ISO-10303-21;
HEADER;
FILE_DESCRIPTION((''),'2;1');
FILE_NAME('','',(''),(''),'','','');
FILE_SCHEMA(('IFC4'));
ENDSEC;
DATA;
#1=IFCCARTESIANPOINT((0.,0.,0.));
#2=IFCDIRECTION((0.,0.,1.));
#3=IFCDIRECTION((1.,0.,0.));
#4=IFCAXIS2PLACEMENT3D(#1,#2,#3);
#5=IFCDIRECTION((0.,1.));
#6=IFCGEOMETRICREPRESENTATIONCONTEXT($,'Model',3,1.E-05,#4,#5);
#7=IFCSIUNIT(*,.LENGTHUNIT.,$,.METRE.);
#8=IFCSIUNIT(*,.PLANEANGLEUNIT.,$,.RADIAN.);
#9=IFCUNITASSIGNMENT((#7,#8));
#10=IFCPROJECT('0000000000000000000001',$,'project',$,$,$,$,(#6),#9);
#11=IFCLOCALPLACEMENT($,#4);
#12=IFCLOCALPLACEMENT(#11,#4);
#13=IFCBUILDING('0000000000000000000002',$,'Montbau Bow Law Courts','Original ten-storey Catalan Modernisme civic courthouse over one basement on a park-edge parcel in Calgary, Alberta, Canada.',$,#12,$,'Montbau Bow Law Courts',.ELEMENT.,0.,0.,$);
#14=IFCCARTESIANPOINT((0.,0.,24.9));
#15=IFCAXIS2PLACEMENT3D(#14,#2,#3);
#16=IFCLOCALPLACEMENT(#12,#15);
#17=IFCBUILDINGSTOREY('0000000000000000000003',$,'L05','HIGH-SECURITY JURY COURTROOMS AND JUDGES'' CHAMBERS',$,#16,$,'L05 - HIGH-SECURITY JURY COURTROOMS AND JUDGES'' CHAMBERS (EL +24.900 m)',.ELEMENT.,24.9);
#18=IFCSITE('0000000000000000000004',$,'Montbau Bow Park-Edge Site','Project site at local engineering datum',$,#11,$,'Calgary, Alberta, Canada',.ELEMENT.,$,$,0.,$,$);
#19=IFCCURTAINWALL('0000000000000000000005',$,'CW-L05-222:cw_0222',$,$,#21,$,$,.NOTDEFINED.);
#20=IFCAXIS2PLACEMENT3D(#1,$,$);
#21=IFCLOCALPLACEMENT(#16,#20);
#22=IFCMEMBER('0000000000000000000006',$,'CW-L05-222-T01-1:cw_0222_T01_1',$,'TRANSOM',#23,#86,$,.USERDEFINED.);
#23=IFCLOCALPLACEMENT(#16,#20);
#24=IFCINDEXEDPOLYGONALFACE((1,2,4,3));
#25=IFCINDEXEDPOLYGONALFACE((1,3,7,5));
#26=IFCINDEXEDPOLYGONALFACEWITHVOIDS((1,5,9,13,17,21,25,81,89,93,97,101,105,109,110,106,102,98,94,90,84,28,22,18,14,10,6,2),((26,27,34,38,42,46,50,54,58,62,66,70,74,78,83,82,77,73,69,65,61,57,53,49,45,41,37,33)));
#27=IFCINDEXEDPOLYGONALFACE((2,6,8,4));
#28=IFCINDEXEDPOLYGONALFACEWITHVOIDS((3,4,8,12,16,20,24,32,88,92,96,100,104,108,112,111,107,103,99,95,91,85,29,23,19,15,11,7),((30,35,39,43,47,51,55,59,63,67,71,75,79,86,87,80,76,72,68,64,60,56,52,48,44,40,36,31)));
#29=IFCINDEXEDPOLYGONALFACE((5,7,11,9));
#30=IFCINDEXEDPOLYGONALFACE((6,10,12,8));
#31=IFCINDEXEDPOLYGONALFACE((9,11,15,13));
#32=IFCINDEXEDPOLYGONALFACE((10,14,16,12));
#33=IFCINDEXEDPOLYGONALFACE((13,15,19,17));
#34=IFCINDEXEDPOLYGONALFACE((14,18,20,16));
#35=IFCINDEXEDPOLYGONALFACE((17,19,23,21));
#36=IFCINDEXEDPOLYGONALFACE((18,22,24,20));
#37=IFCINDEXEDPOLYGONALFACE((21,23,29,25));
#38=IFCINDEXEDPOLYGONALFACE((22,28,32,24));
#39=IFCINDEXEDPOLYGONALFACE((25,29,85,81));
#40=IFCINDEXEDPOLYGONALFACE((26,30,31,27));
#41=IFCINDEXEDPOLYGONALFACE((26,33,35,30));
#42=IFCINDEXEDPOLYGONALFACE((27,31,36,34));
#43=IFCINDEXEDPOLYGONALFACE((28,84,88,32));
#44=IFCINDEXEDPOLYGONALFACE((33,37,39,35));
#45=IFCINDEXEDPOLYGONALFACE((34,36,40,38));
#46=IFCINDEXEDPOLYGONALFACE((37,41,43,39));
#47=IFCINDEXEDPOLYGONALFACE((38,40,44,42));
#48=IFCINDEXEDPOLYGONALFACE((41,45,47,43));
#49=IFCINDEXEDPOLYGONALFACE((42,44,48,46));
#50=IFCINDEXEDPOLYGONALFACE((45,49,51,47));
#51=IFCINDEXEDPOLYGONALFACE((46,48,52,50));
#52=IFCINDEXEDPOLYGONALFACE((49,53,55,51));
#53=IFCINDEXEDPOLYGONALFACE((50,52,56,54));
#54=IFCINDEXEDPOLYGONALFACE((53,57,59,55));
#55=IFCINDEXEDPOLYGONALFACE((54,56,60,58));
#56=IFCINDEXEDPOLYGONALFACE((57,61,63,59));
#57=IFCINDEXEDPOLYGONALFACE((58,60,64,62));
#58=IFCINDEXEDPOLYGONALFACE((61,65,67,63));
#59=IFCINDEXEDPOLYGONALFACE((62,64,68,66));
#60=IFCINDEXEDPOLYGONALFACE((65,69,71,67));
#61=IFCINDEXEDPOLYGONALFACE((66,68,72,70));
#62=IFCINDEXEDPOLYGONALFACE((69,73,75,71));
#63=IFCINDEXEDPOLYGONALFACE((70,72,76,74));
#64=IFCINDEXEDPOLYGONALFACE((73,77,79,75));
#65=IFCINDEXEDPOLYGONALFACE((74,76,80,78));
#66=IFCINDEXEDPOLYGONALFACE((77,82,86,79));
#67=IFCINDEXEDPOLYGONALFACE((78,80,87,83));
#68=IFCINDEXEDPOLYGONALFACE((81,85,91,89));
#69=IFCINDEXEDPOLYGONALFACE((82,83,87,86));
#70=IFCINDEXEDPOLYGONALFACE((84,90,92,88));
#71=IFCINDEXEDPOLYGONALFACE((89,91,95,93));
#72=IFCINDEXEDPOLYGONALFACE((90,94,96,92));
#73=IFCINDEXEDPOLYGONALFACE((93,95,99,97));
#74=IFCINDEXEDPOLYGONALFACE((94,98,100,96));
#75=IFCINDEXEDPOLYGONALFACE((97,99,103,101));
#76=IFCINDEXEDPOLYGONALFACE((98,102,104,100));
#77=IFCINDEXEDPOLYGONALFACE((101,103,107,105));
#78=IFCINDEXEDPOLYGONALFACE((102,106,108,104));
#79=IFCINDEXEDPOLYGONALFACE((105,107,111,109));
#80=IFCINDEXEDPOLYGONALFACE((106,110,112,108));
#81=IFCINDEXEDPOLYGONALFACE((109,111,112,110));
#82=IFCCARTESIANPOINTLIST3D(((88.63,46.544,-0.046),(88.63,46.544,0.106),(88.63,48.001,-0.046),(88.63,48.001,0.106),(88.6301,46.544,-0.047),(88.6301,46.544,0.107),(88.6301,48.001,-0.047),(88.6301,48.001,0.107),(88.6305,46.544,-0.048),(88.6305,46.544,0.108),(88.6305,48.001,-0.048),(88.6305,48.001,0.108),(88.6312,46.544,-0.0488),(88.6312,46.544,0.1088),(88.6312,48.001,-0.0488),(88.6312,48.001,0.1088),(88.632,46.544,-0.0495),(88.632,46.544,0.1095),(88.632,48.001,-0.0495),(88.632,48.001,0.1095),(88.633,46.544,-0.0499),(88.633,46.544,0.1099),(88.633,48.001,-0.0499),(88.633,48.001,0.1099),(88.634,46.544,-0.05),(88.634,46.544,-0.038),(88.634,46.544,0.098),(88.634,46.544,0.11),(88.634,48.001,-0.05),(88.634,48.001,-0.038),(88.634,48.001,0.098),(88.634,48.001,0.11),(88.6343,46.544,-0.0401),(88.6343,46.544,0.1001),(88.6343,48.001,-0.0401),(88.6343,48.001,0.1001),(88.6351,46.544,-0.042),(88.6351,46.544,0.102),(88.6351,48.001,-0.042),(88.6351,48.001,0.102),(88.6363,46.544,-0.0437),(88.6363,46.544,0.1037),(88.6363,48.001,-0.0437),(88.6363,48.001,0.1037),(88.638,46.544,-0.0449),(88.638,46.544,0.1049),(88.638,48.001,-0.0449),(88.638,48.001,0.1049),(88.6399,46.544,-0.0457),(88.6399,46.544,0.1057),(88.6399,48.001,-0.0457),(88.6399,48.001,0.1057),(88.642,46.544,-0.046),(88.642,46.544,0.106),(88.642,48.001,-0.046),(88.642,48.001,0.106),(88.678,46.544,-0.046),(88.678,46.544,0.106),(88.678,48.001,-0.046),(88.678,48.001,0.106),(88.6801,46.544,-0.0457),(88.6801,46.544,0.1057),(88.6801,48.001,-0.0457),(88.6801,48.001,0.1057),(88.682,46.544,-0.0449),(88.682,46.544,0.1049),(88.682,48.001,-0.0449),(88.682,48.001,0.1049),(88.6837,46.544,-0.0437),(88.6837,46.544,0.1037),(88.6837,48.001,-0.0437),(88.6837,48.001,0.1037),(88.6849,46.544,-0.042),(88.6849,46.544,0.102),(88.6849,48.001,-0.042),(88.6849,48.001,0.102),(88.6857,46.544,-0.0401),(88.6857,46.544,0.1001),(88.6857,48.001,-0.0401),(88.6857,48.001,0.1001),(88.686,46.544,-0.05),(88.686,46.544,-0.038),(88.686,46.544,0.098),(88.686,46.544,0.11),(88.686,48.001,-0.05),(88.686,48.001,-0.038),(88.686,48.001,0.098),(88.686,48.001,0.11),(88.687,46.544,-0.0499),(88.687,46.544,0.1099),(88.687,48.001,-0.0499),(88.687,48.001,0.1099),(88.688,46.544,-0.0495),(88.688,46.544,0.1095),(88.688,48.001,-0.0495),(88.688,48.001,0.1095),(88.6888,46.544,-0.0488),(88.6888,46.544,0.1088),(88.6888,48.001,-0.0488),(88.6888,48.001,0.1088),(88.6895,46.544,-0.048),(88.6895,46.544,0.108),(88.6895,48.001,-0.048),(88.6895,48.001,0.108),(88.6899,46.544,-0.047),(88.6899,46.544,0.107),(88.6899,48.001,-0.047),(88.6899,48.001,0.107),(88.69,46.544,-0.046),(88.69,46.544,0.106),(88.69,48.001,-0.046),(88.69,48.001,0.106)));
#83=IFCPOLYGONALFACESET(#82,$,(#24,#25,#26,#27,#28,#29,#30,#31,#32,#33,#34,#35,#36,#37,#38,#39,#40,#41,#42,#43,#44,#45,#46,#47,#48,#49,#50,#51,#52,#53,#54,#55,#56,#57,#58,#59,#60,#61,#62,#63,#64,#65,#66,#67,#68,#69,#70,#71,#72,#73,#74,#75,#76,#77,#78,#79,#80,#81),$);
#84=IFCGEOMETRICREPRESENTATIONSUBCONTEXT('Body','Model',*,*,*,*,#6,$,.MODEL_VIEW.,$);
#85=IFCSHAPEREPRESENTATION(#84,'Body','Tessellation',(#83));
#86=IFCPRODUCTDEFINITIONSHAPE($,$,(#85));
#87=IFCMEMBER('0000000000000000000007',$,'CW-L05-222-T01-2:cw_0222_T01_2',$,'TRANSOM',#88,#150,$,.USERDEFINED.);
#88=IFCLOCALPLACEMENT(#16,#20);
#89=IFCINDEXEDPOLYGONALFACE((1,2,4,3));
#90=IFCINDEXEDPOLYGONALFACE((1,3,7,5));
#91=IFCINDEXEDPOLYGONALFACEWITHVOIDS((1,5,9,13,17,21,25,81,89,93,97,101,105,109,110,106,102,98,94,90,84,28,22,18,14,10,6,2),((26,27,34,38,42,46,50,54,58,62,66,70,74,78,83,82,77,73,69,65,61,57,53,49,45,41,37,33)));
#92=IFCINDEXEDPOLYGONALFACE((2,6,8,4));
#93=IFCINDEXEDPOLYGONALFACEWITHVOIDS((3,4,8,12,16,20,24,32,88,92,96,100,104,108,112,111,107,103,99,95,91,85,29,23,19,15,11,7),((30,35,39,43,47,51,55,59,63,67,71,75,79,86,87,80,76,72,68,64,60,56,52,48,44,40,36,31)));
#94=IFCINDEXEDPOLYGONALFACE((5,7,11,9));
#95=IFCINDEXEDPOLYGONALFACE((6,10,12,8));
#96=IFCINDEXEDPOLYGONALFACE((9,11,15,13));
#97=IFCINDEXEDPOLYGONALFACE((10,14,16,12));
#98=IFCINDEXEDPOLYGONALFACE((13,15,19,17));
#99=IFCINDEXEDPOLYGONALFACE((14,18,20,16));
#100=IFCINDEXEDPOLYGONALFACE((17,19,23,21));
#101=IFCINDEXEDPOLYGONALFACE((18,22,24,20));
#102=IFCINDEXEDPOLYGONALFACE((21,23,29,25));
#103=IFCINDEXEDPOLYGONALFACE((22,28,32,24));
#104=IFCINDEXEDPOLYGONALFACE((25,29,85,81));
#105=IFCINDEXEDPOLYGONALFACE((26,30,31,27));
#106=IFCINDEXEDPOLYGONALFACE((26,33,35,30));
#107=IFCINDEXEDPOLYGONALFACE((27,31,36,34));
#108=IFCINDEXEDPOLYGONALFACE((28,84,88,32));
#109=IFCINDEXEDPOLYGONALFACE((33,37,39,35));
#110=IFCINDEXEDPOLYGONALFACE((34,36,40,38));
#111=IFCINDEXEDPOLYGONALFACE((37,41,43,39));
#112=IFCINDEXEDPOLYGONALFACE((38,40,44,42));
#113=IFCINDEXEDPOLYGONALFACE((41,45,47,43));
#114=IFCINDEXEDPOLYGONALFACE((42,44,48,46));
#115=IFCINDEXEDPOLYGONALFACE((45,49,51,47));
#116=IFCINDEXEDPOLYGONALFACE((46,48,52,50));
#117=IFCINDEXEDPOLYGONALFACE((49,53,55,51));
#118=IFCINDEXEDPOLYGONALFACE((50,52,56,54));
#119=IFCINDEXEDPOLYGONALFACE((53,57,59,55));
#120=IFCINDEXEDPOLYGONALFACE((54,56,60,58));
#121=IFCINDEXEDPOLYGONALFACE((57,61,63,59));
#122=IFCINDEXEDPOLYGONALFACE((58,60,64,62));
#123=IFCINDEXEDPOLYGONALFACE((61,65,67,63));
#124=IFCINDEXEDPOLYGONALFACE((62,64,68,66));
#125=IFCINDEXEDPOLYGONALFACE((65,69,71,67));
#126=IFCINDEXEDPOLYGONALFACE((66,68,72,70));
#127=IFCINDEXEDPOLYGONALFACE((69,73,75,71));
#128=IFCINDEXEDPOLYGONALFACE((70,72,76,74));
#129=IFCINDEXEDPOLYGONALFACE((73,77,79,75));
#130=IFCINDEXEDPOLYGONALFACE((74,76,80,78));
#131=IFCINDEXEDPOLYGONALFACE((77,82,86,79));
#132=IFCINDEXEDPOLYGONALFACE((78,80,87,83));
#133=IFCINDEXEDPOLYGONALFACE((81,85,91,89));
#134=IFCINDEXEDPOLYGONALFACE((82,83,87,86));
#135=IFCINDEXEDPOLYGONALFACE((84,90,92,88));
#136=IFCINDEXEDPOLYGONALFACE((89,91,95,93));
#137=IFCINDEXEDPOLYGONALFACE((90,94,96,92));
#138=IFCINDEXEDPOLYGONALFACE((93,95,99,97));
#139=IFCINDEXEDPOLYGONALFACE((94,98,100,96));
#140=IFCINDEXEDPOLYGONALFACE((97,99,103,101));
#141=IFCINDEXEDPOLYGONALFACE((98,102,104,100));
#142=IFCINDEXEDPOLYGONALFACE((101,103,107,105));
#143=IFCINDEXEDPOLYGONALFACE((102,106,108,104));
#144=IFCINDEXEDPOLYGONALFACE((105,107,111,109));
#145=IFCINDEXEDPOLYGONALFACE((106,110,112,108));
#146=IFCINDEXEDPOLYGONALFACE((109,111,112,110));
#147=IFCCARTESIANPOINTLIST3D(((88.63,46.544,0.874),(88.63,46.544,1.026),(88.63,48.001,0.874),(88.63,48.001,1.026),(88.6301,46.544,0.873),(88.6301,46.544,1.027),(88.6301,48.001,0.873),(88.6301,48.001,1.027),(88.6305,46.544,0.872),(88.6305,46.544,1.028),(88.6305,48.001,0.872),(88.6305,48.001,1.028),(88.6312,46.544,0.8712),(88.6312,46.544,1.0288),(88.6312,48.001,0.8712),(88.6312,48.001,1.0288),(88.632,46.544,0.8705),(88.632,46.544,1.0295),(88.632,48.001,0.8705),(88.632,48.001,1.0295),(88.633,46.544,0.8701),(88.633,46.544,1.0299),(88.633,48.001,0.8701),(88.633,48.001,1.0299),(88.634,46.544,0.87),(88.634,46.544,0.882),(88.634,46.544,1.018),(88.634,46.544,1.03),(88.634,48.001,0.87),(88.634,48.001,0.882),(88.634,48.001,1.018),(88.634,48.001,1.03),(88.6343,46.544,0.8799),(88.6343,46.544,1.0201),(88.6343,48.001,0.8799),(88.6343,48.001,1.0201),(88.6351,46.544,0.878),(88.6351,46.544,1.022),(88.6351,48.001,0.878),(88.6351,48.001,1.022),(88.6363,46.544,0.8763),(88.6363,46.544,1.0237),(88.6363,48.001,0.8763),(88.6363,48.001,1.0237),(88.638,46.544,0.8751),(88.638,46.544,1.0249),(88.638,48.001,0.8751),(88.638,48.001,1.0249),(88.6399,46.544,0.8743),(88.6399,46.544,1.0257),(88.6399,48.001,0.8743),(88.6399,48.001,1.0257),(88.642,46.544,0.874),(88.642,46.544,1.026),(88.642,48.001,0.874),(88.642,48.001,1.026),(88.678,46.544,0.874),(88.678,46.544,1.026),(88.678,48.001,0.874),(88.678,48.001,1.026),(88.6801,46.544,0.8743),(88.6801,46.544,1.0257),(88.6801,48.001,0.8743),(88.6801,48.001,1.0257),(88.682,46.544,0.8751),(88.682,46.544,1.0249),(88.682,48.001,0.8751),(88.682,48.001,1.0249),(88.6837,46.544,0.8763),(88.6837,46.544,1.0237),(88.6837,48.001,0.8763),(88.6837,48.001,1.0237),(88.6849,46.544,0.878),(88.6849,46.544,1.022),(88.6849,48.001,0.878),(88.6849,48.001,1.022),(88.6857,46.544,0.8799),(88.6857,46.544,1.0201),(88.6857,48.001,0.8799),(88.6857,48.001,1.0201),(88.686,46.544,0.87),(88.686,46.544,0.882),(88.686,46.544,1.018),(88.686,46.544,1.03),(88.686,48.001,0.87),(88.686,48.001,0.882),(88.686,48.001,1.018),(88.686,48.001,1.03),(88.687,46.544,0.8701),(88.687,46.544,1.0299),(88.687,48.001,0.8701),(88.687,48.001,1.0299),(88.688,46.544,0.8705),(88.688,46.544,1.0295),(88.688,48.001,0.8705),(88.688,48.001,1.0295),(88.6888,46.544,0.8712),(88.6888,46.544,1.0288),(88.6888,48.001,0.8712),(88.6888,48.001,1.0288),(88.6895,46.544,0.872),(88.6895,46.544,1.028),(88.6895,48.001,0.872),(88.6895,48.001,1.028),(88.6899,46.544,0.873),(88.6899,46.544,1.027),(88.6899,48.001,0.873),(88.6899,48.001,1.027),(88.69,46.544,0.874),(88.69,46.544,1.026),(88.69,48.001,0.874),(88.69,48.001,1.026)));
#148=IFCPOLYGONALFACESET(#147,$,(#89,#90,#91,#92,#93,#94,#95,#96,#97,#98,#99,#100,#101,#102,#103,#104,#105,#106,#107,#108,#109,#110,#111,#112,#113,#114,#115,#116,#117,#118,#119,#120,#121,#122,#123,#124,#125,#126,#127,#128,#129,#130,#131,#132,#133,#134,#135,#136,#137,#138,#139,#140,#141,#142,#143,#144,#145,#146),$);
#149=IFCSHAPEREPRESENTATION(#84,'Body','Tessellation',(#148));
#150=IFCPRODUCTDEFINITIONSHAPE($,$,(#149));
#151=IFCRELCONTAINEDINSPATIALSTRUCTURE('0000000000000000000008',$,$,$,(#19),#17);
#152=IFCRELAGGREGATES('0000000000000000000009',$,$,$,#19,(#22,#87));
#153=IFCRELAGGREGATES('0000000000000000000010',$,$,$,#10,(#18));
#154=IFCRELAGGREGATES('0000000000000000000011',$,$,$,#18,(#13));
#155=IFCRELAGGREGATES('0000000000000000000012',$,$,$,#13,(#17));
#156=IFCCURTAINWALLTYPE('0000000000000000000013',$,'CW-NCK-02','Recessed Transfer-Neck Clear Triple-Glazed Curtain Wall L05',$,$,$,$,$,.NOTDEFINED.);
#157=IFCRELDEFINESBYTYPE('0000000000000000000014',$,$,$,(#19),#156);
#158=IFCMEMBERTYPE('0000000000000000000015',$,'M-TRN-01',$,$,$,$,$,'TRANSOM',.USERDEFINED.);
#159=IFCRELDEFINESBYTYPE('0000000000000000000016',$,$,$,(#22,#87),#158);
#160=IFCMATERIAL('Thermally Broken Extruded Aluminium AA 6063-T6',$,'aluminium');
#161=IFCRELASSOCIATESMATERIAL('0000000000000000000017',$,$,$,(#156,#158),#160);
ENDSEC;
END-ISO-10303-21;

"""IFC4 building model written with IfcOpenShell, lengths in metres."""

from ifc_helpers import new_model, si_unit, direction, frame, origin_with_axes, origin_2d_with_axis, place, context, subcontext, project, spatial, hollow_rectangle, extrude, material, material_profile, profile_set, type_object, element, aggregate, save


model = new_model("IFC4")

# Units and contexts
model_context = context("Model", 3, precision=1e-05, world=origin_with_axes(), true_north=direction((0.0, 1.0)))
body_context = subcontext(model_context, "Body", "Model", "MODEL_VIEW")
ifc_project = project(units=[si_unit("LENGTHUNIT", "METRE"), si_unit("PLANEANGLEUNIT", "RADIAN")], contexts=[model_context])

# Site, building, storey
site_placement = place(None, origin_with_axes())
site = spatial("IfcSite", under=ifc_project, at=site_placement, Name="Montbau Bow Park-Edge Site", Description="Project site at local engineering datum", LongName="Calgary, Alberta, Canada", CompositionType="ELEMENT", RefElevation=0.0)
building_placement = place(site_placement, origin_with_axes())
building = spatial("IfcBuilding", under=site, at=building_placement, Name="Montbau Bow Law Courts", Description="Original ten-storey Catalan Modernisme civic courthouse over one basement on a park-edge parcel in Calgary, Alberta, Canada.", LongName="Montbau Bow Law Courts", CompositionType="ELEMENT", ElevationOfRefHeight=0.0, ElevationOfTerrain=0.0)
storey_placement = place(building_placement, frame((0.0, 0.0, 24.9), z_axis=(0.0, 0.0, 1.0), x_axis=(1.0, 0.0, 0.0)))
storey = spatial("IfcBuildingStorey", under=building, at=storey_placement, Name="L05", Description="HIGH-SECURITY JURY COURTROOMS AND JUDGES' CHAMBERS", LongName="L05 - HIGH-SECURITY JURY COURTROOMS AND JUDGES' CHAMBERS (EL +24.900 m)", CompositionType="ELEMENT", Elevation=24.9)

# Curtain wall
ifc_material_1 = material(Name="Thermally Broken Extruded Aluminium AA 6063-T6", Category="aluminium")
curtain_wall_type = type_object("IfcCurtainWallType", Name="CW-NCK-02", Description="Recessed Transfer-Neck Clear Triple-Glazed Curtain Wall L05", PredefinedType="NOTDEFINED", material=ifc_material_1)
curtain_wall_1_placement = place(None, frame((88.66, 46.468, 24.9), z_axis=(0.0, 0.0, 1.0), x_axis=(1.0, 0.0, 0.0)))
curtain_wall_1 = element("IfcCurtainWall", 1, at=curtain_wall_1_placement, inside=storey, type_object=curtain_wall_type, Name="CW-L05-222:cw_0222", PredefinedType="NOTDEFINED")

# Members
ifc_material_profile_1 = material_profile(ifc_material_1, hollow_rectangle(XDim=0.06, YDim=0.16, WallThickness=0.004, InnerFilletRadius=0.008, OuterFilletRadius=0.004, at=origin_2d_with_axis()), Name="CWT-160X60", Category="Main", Priority=0)
ifc_profile_set_1 = profile_set([ifc_material_profile_1], Name="Thermally Broken Extruded Aluminium AA 6063-T6")
member_type_1 = type_object("IfcMemberType", Name="M-TRN-01", ElementType="TRANSOM", PredefinedType="USERDEFINED", material=ifc_profile_set_1)
member_1_placement = place(None, frame((88.66, 46.544, 24.93), z_axis=(0.0, 1.0, 0.0), x_axis=(-1.0, 0.0, 0.0)))
member_1 = element("IfcMember", 2, at=member_1_placement, type_object=member_type_1, Name="CW-L05-222-T01-1:cw_0222_T01_1", ObjectType="TRANSOM", PredefinedType="USERDEFINED", context=body_context, shape_type="SweptSolid", body=[
    extrude(hollow_rectangle(XDim=0.06, YDim=0.16, WallThickness=0.004, InnerFilletRadius=0.008, OuterFilletRadius=0.004, at=origin_2d_with_axis()), origin_with_axes(), (0.0, 0.0, 1.0), 1.457),
])
member_2_placement = place(None, frame((88.66, 46.544, 25.85), z_axis=(0.0, 1.0, 0.0), x_axis=(-1.0, 0.0, 0.0)))
member_2 = element("IfcMember", 3, at=member_2_placement, type_object=member_type_1, Name="CW-L05-222-T01-2:cw_0222_T01_2", ObjectType="TRANSOM", PredefinedType="USERDEFINED", context=body_context, shape_type="SweptSolid", body=[
    extrude(hollow_rectangle(XDim=0.06, YDim=0.16, WallThickness=0.004, InnerFilletRadius=0.008, OuterFilletRadius=0.004, at=origin_2d_with_axis()), origin_with_axes(), (0.0, 0.0, 1.0), 1.457),
])

aggregate(curtain_wall_1, [member_1, member_2])

save(model, "model.ifc")
